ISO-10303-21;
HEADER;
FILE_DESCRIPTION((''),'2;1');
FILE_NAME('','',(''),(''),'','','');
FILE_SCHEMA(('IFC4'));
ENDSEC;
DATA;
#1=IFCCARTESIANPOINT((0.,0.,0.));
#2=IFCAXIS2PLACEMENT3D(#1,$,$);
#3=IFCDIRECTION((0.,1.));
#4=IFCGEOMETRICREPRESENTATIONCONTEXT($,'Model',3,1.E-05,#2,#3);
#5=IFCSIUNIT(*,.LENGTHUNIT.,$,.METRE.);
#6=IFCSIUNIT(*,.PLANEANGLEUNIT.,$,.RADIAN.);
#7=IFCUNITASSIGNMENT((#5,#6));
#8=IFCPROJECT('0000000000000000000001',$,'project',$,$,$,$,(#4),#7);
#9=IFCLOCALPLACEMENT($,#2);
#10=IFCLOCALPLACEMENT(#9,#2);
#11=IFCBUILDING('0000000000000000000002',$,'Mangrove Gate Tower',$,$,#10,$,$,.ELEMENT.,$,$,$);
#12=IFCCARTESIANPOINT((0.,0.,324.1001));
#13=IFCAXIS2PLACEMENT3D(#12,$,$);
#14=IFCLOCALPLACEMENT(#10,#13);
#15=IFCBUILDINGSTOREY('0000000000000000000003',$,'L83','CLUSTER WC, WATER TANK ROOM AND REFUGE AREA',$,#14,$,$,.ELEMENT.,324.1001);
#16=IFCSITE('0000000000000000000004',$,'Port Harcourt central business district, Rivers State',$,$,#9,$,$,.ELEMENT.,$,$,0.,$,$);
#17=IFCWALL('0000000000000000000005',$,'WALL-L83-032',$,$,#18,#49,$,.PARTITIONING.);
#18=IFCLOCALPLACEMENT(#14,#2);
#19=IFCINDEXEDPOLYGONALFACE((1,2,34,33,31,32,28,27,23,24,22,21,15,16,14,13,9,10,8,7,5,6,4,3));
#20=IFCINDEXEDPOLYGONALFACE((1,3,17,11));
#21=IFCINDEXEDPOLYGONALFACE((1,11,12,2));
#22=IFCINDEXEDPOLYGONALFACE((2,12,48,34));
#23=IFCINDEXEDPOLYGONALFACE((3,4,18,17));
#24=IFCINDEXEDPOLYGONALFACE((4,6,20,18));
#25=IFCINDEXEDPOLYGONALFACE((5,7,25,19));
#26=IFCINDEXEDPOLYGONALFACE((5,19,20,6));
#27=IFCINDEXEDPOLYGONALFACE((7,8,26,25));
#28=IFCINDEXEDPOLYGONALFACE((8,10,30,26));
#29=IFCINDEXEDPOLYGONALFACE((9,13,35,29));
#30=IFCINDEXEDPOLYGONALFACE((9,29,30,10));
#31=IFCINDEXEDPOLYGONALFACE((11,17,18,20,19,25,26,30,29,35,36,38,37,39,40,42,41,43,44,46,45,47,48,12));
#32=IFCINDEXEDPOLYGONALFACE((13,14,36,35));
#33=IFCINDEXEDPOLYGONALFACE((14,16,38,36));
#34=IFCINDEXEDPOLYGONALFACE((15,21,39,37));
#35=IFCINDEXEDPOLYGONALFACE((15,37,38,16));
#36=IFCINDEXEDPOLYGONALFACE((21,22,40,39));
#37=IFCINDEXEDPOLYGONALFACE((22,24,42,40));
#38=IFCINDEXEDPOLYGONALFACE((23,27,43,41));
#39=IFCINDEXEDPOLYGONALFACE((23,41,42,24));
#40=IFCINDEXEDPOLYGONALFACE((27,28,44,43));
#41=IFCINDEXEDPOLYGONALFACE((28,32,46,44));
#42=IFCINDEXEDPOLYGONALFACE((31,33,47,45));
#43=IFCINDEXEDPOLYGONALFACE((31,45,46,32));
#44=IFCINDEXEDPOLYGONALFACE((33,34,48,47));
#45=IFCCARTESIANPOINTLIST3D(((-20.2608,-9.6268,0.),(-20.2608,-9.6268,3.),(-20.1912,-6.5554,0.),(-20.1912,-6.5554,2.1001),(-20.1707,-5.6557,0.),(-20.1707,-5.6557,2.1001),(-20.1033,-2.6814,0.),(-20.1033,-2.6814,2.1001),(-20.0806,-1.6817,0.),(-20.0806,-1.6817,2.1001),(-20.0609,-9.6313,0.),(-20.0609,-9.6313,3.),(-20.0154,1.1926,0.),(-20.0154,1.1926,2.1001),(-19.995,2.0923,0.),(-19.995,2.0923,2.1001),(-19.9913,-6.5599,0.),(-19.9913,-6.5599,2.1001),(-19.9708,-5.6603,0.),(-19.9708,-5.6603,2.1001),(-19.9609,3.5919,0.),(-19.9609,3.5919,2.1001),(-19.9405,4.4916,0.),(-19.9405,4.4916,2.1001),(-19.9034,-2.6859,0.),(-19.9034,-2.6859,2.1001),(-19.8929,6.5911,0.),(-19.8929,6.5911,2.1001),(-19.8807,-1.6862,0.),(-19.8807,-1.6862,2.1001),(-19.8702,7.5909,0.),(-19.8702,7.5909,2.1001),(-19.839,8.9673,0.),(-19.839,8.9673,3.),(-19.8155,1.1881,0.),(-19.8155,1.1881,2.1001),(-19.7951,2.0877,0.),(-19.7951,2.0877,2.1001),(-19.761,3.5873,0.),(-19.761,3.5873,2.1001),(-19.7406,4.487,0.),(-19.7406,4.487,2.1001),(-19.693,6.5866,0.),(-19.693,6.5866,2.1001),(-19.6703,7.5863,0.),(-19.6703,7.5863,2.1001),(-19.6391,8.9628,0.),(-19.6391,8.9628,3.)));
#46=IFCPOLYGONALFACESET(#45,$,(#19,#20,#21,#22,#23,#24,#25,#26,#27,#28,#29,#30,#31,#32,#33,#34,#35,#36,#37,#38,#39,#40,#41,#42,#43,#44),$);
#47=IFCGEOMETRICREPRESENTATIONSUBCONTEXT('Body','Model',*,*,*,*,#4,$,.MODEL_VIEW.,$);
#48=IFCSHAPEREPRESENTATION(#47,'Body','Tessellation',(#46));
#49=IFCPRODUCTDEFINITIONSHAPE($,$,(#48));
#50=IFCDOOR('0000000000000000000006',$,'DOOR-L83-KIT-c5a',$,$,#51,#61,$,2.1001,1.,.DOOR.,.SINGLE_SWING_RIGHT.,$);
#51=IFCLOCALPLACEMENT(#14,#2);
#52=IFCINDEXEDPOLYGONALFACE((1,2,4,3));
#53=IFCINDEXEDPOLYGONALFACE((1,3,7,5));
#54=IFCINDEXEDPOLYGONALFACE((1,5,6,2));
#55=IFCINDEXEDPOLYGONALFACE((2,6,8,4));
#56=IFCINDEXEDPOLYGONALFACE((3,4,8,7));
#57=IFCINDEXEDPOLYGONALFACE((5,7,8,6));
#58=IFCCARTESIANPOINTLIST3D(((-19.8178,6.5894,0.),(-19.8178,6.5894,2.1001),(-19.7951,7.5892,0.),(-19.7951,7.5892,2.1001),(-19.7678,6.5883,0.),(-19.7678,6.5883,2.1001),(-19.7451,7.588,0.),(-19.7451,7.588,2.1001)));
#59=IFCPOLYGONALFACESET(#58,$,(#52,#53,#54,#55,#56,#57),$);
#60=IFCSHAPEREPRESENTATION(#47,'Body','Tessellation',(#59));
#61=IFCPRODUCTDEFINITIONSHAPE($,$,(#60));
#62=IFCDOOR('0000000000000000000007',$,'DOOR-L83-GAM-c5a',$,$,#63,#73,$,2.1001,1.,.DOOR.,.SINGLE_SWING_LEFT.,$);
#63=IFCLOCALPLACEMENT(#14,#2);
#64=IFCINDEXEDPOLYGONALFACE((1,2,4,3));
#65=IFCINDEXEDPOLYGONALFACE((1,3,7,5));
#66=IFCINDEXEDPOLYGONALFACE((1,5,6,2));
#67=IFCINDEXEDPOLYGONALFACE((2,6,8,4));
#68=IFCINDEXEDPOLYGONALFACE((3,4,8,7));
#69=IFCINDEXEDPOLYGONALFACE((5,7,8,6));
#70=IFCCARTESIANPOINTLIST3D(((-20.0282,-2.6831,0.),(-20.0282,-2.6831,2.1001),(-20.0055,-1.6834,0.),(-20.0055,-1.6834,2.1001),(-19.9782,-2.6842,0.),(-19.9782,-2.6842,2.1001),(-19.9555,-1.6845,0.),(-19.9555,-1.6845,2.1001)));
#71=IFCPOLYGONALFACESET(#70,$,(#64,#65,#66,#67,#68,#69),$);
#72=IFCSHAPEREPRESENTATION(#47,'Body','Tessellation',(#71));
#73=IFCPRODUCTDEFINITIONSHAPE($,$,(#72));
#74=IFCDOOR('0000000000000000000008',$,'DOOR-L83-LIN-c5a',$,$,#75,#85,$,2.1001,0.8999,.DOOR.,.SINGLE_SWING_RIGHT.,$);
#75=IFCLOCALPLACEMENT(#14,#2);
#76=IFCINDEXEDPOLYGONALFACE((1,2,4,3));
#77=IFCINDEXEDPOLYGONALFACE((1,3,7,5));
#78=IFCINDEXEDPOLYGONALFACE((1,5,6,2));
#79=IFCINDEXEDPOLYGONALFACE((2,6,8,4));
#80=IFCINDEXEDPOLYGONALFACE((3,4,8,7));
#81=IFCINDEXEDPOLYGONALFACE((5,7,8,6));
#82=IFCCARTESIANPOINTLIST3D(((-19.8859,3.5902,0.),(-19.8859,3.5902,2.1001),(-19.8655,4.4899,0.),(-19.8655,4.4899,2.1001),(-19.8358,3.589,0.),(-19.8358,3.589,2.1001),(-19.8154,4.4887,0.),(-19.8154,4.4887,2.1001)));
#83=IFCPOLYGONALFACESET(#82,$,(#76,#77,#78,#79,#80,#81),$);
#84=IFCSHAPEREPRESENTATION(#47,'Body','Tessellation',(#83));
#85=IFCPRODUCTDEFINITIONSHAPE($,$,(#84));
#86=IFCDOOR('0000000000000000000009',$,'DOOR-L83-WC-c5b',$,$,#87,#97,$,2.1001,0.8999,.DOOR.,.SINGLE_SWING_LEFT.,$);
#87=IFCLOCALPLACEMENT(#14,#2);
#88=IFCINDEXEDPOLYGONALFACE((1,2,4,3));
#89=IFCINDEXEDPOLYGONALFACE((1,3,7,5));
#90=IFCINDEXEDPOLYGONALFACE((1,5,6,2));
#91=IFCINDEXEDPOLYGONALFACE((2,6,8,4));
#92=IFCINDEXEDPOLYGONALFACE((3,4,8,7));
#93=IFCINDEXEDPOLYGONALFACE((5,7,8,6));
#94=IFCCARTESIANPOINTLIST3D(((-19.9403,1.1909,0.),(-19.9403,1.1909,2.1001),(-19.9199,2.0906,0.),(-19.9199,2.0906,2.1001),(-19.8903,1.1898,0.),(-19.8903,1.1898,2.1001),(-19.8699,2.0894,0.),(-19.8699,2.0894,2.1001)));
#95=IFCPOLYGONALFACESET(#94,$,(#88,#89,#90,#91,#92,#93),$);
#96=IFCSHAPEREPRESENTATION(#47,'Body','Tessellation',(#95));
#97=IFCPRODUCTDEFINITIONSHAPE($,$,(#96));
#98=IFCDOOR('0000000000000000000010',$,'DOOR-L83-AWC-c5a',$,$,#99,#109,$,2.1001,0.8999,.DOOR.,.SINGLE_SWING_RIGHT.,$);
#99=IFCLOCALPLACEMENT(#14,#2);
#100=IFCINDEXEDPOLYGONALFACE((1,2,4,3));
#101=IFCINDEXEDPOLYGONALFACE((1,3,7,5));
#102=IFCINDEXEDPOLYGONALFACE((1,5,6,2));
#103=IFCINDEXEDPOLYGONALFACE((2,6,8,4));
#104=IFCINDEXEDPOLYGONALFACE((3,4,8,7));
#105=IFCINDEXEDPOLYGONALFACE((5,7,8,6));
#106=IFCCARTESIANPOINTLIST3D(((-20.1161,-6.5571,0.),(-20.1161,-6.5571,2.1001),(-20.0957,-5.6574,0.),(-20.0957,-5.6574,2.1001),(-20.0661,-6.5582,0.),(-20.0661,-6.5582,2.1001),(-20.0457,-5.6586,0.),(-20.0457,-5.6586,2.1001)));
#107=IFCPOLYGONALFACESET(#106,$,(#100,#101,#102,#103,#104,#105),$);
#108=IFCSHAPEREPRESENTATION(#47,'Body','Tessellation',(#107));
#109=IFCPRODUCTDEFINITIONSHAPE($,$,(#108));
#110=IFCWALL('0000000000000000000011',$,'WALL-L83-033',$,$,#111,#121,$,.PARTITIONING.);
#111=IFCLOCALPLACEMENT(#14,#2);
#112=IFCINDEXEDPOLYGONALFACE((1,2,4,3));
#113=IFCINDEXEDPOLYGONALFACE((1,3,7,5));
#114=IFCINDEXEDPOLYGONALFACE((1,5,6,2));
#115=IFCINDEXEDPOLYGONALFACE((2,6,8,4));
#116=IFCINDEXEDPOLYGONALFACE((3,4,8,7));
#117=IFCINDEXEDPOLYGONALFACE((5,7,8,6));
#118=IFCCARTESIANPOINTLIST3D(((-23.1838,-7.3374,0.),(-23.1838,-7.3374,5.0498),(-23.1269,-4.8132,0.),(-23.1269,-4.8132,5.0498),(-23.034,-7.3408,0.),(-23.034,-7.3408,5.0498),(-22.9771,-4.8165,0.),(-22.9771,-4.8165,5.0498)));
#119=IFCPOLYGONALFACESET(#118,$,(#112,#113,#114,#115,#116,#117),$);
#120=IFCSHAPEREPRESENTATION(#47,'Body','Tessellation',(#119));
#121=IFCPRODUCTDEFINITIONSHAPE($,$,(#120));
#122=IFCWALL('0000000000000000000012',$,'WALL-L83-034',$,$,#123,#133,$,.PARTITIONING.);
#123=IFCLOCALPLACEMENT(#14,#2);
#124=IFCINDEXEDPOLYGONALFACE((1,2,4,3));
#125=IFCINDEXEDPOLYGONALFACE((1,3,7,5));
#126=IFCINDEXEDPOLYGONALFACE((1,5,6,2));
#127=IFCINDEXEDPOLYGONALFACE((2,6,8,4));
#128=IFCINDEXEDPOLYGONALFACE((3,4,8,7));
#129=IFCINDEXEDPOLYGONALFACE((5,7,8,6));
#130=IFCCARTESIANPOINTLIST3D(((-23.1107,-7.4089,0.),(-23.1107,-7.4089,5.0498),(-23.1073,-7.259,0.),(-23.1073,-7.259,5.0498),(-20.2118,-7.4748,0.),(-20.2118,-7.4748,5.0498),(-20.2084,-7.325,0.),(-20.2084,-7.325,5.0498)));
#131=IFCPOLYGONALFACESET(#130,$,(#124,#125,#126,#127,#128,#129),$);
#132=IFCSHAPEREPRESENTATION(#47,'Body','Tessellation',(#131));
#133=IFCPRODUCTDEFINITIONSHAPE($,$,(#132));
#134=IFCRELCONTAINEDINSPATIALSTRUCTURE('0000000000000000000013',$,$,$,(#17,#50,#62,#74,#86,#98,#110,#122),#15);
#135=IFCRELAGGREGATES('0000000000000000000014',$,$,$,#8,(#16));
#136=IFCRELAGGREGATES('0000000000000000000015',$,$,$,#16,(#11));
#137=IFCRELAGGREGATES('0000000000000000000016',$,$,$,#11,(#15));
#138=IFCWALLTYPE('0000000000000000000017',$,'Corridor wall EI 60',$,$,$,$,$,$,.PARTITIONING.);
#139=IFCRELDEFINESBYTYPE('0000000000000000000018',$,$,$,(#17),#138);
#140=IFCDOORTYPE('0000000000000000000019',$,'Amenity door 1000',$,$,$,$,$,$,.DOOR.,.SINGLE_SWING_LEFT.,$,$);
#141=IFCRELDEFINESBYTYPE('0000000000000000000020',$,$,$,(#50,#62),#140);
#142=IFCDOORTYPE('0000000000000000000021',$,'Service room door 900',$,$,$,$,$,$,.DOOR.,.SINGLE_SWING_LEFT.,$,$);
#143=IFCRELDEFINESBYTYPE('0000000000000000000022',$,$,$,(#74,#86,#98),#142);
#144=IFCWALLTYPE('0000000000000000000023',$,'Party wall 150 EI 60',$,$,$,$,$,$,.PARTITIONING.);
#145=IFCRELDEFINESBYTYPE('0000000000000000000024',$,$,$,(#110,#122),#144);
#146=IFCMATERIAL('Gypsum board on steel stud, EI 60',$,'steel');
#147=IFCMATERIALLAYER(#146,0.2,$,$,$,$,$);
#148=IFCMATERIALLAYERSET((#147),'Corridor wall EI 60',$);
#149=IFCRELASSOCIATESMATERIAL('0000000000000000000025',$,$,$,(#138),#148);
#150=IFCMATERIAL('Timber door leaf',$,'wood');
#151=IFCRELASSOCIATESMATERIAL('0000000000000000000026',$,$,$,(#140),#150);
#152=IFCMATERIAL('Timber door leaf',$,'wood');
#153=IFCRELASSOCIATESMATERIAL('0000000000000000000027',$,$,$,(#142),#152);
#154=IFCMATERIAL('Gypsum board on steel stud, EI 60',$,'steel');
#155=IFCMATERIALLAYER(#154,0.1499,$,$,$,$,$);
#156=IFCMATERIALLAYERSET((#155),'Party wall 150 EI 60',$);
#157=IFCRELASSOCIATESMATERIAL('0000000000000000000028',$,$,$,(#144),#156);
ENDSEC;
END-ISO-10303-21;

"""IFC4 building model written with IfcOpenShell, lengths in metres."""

from ifc_helpers import new_model, si_unit, direction, frame, frame_2d, origin, place, context, subcontext, project, spatial, rectangle, extrude, material, layer, layer_set, type_object, element, fill, save


model = new_model("IFC4")

# Units and contexts
model_context = context("Model", 3, precision=1e-05, world=origin(), true_north=direction((0.0, 1.0)))
body_context = subcontext(model_context, "Body", "Model", "MODEL_VIEW")
ifc_project = project(units=[si_unit("LENGTHUNIT", "METRE"), si_unit("PLANEANGLEUNIT", "RADIAN")], contexts=[model_context])

# Site, building, storey
site_placement = place(None, origin())
site = spatial("IfcSite", under=ifc_project, at=site_placement, Name="Port Harcourt central business district, Rivers State", CompositionType="ELEMENT", RefElevation=0.0)
building_placement = place(site_placement, origin())
building = spatial("IfcBuilding", under=site, at=building_placement, Name="Mangrove Gate Tower", CompositionType="ELEMENT")
storey_placement = place(building_placement, frame((0.0, 0.0, 324.1001)))
storey = spatial("IfcBuildingStorey", under=building, at=storey_placement, Name="L83", Description="CLUSTER WC, WATER TANK ROOM AND REFUGE AREA", CompositionType="ELEMENT", Elevation=324.1001)

# Wall, openings, doors
ifc_material_1 = material(Name="Gypsum board on steel stud, EI 60", Category="steel")
ifc_layer_1 = layer(ifc_material_1, 0.2)
ifc_layer_set_1 = layer_set([ifc_layer_1], Name="Corridor wall EI 60")
wall_type_1 = type_object("IfcWallType", Name="Corridor wall EI 60", PredefinedType="PARTITIONING", material=ifc_layer_set_1)
wall_1_placement = place(storey_placement, frame((-20.1609, -9.6289, 0.0), z_axis=(0.0, 0.0, 1.0), x_axis=(0.022683, 0.999743, 0.0)))
wall_1 = element("IfcWall", 1, at=wall_1_placement, inside=storey, type_object=wall_type_1, Name="WALL-L83-032", PredefinedType="PARTITIONING", context=body_context, shape_type="SweptSolid", body=[
    extrude(rectangle(XDim=18.5989, YDim=0.2, at=frame_2d((9.2993, 0.0))), origin(), (0.0, 0.0, 1.0), 3.0),
])
opening_1_placement = place(wall_1_placement, frame((16.2219, 0.0, 0.0)))
opening_1 = element("IfcOpeningElement", 2, at=opening_1_placement, cuts=wall_1, PredefinedType="OPENING", context=body_context, shape_type="SweptSolid", body=[
    extrude(rectangle(XDim=1.0, YDim=2.1001, at=frame_2d((0.5, 1.05))), frame((0.0, 0.1099, 0.0), z_axis=(0.0, -1.0, 0.0), x_axis=(1.0, 0.0, 0.0)), (0.0, 0.0, 1.0), 0.22),
])
opening_2_placement = place(wall_1_placement, frame((13.2219, 0.0, 0.0)))
opening_2 = element("IfcOpeningElement", 3, at=opening_2_placement, cuts=wall_1, PredefinedType="OPENING", context=body_context, shape_type="SweptSolid", body=[
    extrude(rectangle(XDim=0.8999, YDim=2.1001, at=frame_2d((0.45, 1.05))), frame((0.0, 0.1099, 0.0), z_axis=(0.0, -1.0, 0.0), x_axis=(1.0, 0.0, 0.0)), (0.0, 0.0, 1.0), 0.22),
])
opening_3_placement = place(wall_1_placement, frame((6.947, 0.0, 0.0)))
opening_3 = element("IfcOpeningElement", 4, at=opening_3_placement, cuts=wall_1, PredefinedType="OPENING", context=body_context, shape_type="SweptSolid", body=[
    extrude(rectangle(XDim=1.0, YDim=2.1001, at=frame_2d((0.5, 1.05))), frame((0.0, 0.1099, 0.0), z_axis=(0.0, -1.0, 0.0), x_axis=(1.0, 0.0, 0.0)), (0.0, 0.0, 1.0), 0.22),
])
opening_4_placement = place(wall_1_placement, frame((10.822, 0.0, 0.0)))
opening_4 = element("IfcOpeningElement", 5, at=opening_4_placement, cuts=wall_1, PredefinedType="OPENING", context=body_context, shape_type="SweptSolid", body=[
    extrude(rectangle(XDim=0.8999, YDim=2.1001, at=frame_2d((0.45, 1.05))), frame((0.0, 0.1099, 0.0), z_axis=(0.0, -1.0, 0.0), x_axis=(1.0, 0.0, 0.0)), (0.0, 0.0, 1.0), 0.22),
])
opening_5_placement = place(wall_1_placement, frame((3.072, 0.0, 0.0)))
opening_5 = element("IfcOpeningElement", 6, at=opening_5_placement, cuts=wall_1, PredefinedType="OPENING", context=body_context, shape_type="SweptSolid", body=[
    extrude(rectangle(XDim=0.8999, YDim=2.1001, at=frame_2d((0.45, 1.05))), frame((0.0, 0.1099, 0.0), z_axis=(0.0, -1.0, 0.0), x_axis=(1.0, 0.0, 0.0)), (0.0, 0.0, 1.0), 0.22),
])
ifc_material_2 = material(Name="Timber door leaf", Category="wood")
door_type_1 = type_object("IfcDoorType", Name="Amenity door 1000", OperationType="SINGLE_SWING_LEFT", PredefinedType="DOOR", material=ifc_material_2)
door_1_placement = place(opening_1_placement, origin())
door_1 = element("IfcDoor", 7, at=door_1_placement, inside=storey, type_object=door_type_1, Name="DOOR-L83-KIT-c5a", OperationType="SINGLE_SWING_RIGHT", OverallHeight=2.1001, OverallWidth=1.0, PredefinedType="DOOR", context=body_context, shape_type="SweptSolid", body=[
    extrude(rectangle(XDim=1.0, YDim=2.1001, at=frame_2d((0.5, 1.05))), frame((0.0, 0.0249, 0.0), z_axis=(0.0, -1.0, 0.0), x_axis=(1.0, 0.0, 0.0)), (0.0, 0.0, 1.0), 0.05),
])
fill(opening_1, door_1)
door_2_placement = place(opening_3_placement, origin())
door_2 = element("IfcDoor", 8, at=door_2_placement, inside=storey, type_object=door_type_1, Name="DOOR-L83-GAM-c5a", OperationType="SINGLE_SWING_LEFT", OverallHeight=2.1001, OverallWidth=1.0, PredefinedType="DOOR", context=body_context, shape_type="SweptSolid", body=[
    extrude(rectangle(XDim=1.0, YDim=2.1001, at=frame_2d((0.5, 1.05))), frame((0.0, 0.0249, 0.0), z_axis=(0.0, -1.0, 0.0), x_axis=(1.0, 0.0, 0.0)), (0.0, 0.0, 1.0), 0.05),
])
fill(opening_3, door_2)
ifc_material_3 = material(Name="Timber door leaf", Category="wood")
door_type_2 = type_object("IfcDoorType", Name="Service room door 900", OperationType="SINGLE_SWING_LEFT", PredefinedType="DOOR", material=ifc_material_3)
door_3_placement = place(opening_2_placement, origin())
door_3 = element("IfcDoor", 9, at=door_3_placement, inside=storey, type_object=door_type_2, Name="DOOR-L83-LIN-c5a", OperationType="SINGLE_SWING_RIGHT", OverallHeight=2.1001, OverallWidth=0.8999, PredefinedType="DOOR", context=body_context, shape_type="SweptSolid", body=[
    extrude(rectangle(XDim=0.8999, YDim=2.1001, at=frame_2d((0.45, 1.05))), frame((0.0, 0.0249, 0.0), z_axis=(0.0, -1.0, 0.0), x_axis=(1.0, 0.0, 0.0)), (0.0, 0.0, 1.0), 0.05),
])
fill(opening_2, door_3)
door_4_placement = place(opening_4_placement, origin())
door_4 = element("IfcDoor", 10, at=door_4_placement, inside=storey, type_object=door_type_2, Name="DOOR-L83-WC-c5b", OperationType="SINGLE_SWING_LEFT", OverallHeight=2.1001, OverallWidth=0.8999, PredefinedType="DOOR", context=body_context, shape_type="SweptSolid", body=[
    extrude(rectangle(XDim=0.8999, YDim=2.1001, at=frame_2d((0.45, 1.05))), frame((0.0, 0.0249, 0.0), z_axis=(0.0, -1.0, 0.0), x_axis=(1.0, 0.0, 0.0)), (0.0, 0.0, 1.0), 0.05),
])
fill(opening_4, door_4)
door_5_placement = place(opening_5_placement, origin())
door_5 = element("IfcDoor", 11, at=door_5_placement, inside=storey, type_object=door_type_2, Name="DOOR-L83-AWC-c5a", OperationType="SINGLE_SWING_RIGHT", OverallHeight=2.1001, OverallWidth=0.8999, PredefinedType="DOOR", context=body_context, shape_type="SweptSolid", body=[
    extrude(rectangle(XDim=0.8999, YDim=2.1001, at=frame_2d((0.45, 1.05))), frame((0.0, 0.0249, 0.0), z_axis=(0.0, -1.0, 0.0), x_axis=(1.0, 0.0, 0.0)), (0.0, 0.0, 1.0), 0.05),
])
fill(opening_5, door_5)

# Walls
ifc_material_4 = material(Name="Gypsum board on steel stud, EI 60", Category="steel")
ifc_layer_2 = layer(ifc_material_4, 0.1499)
ifc_layer_set_2 = layer_set([ifc_layer_2], Name="Party wall 150 EI 60")
wall_type_2 = type_object("IfcWallType", Name="Party wall 150 EI 60", PredefinedType="PARTITIONING", material=ifc_layer_set_2)
wall_2_placement = place(storey_placement, frame((-23.1089, -7.3391, 0.0), z_axis=(0.0, 0.0, 1.0), x_axis=(0.02253, 0.999746, 0.0)))
element("IfcWall", 12, at=wall_2_placement, inside=storey, type_object=wall_type_2, Name="WALL-L83-033", PredefinedType="PARTITIONING", context=body_context, shape_type="SweptSolid", body=[
    extrude(rectangle(XDim=2.5249, YDim=0.1499, at=frame_2d((1.2625, 0.0))), origin(), (0.0, 0.0, 1.0), 5.0498),
])
wall_3_placement = place(storey_placement, frame((-23.1089, -7.334, 0.0), z_axis=(0.0, 0.0, 1.0), x_axis=(0.999742, -0.022733, 0.0)))
element("IfcWall", 13, at=wall_3_placement, inside=storey, type_object=wall_type_2, Name="WALL-L83-034", PredefinedType="PARTITIONING", context=body_context, shape_type="SweptSolid", body=[
    extrude(rectangle(XDim=2.8997, YDim=0.1499, at=frame_2d((1.4497, 0.0))), origin(), (0.0, 0.0, 1.0), 5.0498),
])

save(model, "model.ifc")
